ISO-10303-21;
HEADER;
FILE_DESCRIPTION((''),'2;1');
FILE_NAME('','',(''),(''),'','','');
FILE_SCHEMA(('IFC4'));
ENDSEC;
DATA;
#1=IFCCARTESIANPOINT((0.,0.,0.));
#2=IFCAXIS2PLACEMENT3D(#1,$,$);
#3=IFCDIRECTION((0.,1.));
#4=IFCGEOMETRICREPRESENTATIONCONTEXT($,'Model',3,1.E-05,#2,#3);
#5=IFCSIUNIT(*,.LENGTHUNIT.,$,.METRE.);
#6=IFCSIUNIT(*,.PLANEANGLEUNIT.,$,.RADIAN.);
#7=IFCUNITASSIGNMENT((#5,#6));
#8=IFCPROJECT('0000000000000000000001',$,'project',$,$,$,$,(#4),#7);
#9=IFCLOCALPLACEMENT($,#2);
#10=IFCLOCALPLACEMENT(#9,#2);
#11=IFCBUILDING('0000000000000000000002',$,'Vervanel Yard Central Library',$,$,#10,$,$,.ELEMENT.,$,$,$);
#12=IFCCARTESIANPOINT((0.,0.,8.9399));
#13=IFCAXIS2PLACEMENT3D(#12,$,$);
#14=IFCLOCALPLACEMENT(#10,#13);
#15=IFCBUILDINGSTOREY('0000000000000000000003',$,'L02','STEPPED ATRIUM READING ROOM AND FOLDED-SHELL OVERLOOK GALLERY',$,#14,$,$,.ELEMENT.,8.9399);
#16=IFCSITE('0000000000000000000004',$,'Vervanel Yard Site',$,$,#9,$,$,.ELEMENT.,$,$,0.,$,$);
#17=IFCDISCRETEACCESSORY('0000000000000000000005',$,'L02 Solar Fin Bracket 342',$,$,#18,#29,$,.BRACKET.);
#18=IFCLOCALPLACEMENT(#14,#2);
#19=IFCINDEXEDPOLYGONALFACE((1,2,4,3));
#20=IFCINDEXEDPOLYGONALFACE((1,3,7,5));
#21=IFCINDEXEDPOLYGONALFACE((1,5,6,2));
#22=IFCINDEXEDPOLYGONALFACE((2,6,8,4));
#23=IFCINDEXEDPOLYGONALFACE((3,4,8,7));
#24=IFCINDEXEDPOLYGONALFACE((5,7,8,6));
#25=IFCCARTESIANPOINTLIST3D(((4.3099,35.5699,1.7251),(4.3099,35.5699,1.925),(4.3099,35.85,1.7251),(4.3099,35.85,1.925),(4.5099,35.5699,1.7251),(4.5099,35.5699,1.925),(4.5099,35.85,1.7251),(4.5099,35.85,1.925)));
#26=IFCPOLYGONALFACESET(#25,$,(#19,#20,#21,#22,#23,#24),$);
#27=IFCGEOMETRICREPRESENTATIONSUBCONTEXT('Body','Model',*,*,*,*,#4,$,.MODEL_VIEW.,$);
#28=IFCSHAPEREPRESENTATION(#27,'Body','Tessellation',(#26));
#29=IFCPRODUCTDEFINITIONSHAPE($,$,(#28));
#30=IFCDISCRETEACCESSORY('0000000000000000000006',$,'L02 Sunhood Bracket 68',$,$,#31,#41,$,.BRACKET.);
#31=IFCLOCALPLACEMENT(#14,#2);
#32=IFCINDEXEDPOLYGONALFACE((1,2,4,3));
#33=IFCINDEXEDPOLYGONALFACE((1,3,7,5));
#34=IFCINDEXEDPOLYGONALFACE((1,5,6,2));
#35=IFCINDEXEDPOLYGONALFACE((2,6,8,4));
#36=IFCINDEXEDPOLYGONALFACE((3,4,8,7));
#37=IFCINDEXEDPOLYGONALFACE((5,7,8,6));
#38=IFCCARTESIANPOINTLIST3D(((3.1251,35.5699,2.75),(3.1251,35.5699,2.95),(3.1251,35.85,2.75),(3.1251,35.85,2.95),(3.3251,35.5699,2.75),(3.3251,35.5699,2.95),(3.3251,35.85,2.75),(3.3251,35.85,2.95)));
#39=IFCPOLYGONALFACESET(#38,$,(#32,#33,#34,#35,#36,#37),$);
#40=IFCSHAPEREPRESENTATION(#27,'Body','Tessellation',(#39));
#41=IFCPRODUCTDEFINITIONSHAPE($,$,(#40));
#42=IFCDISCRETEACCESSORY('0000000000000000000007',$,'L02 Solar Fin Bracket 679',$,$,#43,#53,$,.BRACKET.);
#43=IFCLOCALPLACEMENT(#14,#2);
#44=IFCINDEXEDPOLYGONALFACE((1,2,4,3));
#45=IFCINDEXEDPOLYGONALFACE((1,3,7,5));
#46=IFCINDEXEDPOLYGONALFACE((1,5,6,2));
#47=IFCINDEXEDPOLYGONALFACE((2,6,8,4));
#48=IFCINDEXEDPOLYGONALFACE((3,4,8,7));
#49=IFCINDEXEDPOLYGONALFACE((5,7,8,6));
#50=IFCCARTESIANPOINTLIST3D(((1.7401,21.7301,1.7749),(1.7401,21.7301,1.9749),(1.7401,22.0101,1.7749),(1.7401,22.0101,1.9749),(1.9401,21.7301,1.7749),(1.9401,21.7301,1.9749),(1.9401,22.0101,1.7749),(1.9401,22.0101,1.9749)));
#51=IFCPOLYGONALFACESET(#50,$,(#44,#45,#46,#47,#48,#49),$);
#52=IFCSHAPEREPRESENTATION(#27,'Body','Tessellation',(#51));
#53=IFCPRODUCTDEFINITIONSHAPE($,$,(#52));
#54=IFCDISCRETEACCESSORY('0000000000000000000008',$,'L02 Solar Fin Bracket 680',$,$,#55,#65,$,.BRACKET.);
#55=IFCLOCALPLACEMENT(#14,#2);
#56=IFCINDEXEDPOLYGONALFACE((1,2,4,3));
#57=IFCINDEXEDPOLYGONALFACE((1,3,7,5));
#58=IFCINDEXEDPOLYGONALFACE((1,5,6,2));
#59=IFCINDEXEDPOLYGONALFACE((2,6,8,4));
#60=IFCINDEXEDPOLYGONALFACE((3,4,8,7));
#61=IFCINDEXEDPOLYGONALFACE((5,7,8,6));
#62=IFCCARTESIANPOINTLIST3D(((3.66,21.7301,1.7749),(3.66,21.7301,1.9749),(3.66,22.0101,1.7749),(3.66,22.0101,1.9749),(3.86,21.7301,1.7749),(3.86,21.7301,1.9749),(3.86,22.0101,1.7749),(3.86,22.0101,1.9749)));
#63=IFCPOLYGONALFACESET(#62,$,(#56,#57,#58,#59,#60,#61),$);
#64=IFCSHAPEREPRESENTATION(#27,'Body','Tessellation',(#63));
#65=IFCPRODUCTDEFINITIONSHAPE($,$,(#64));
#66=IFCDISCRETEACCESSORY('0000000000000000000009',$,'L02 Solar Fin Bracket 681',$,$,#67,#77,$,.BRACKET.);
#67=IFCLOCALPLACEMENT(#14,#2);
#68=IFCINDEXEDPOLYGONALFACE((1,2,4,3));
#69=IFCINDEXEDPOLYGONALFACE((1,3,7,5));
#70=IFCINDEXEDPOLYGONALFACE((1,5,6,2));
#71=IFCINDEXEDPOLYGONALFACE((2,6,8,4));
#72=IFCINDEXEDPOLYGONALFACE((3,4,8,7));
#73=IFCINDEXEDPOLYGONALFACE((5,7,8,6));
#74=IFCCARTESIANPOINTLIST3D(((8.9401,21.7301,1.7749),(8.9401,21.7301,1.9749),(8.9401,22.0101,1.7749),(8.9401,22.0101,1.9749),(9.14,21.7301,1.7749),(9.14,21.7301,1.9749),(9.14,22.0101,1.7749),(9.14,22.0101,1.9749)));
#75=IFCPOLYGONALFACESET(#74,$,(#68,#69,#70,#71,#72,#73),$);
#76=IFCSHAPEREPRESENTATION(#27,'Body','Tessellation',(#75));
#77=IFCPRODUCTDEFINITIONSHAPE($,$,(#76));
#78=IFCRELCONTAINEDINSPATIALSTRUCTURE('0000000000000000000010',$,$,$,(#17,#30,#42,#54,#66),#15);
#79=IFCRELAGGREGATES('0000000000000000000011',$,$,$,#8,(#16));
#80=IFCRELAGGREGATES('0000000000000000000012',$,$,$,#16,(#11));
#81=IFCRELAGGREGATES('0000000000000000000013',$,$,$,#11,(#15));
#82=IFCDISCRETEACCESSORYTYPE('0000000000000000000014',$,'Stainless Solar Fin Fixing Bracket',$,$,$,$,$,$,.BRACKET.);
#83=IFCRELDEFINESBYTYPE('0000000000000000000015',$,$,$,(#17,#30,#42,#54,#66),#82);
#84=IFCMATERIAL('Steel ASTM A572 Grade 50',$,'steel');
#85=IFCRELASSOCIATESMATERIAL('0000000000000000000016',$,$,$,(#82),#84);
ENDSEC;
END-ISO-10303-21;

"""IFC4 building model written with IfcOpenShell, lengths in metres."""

from ifc_helpers import new_model, si_unit, direction, frame, origin, origin_2d, place, context, subcontext, project, spatial, rectangle, extrude, material, type_object, element, save


model = new_model("IFC4")

# Units and contexts
model_context = context("Model", 3, precision=1e-05, world=origin(), true_north=direction((0.0, 1.0)))
body_context = subcontext(model_context, "Body", "Model", "MODEL_VIEW")
ifc_project = project(units=[si_unit("LENGTHUNIT", "METRE"), si_unit("PLANEANGLEUNIT", "RADIAN")], contexts=[model_context])

# Site, building, storey
site_placement = place(None, origin())
site = spatial("IfcSite", under=ifc_project, at=site_placement, Name="Vervanel Yard Site", CompositionType="ELEMENT", RefElevation=0.0)
building_placement = place(site_placement, origin())
building = spatial("IfcBuilding", under=site, at=building_placement, Name="Vervanel Yard Central Library", CompositionType="ELEMENT")
storey_placement = place(building_placement, frame((0.0, 0.0, 8.9399)))
storey = spatial("IfcBuildingStorey", under=building, at=storey_placement, Name="L02", Description="STEPPED ATRIUM READING ROOM AND FOLDED-SHELL OVERLOOK GALLERY", CompositionType="ELEMENT", Elevation=8.9399)

# Discrete accessories
ifc_material_1 = material(Name="Steel ASTM A572 Grade 50", Category="steel")
discrete_accessory_type = type_object("IfcDiscreteAccessoryType", Name="Stainless Solar Fin Fixing Bracket", PredefinedType="BRACKET", material=ifc_material_1)
for number, where, z_axis, x_axis, name in (
    (1, (4.4099, 35.71, 1.7251), (0.0, 0.0, 1.0), (1.0, 0.0, 0.0), "L02 Solar Fin Bracket 342"),
    (2, (3.2251, 35.71, 2.75), (0.0, 0.0, 1.0), (1.0, 0.0, 0.0), "L02 Sunhood Bracket 68"),
    (3, (1.8401, 21.8701, 1.7749), (0.0, 0.0, 1.0), (1.0, 0.0, 0.0), "L02 Solar Fin Bracket 679"),
    (4, (3.76, 21.8701, 1.7749), (0.0, 0.0, 1.0), (1.0, 0.0, 0.0), "L02 Solar Fin Bracket 680"),
    (5, (9.04, 21.8701, 1.7749), (0.0, 0.0, 1.0), (1.0, 0.0, 0.0), "L02 Solar Fin Bracket 681"),
):
    element("IfcDiscreteAccessory", number, at=place(storey_placement, frame(where, z_axis=z_axis, x_axis=x_axis)), inside=storey, type_object=discrete_accessory_type, Name=name, PredefinedType="BRACKET", context=body_context, shape_type="SweptSolid", body=[
        extrude(rectangle(XDim=0.2, YDim=0.28, at=origin_2d()), origin(), (0.0, 0.0, 1.0), 0.2),
    ])

save(model, "model.ifc")
